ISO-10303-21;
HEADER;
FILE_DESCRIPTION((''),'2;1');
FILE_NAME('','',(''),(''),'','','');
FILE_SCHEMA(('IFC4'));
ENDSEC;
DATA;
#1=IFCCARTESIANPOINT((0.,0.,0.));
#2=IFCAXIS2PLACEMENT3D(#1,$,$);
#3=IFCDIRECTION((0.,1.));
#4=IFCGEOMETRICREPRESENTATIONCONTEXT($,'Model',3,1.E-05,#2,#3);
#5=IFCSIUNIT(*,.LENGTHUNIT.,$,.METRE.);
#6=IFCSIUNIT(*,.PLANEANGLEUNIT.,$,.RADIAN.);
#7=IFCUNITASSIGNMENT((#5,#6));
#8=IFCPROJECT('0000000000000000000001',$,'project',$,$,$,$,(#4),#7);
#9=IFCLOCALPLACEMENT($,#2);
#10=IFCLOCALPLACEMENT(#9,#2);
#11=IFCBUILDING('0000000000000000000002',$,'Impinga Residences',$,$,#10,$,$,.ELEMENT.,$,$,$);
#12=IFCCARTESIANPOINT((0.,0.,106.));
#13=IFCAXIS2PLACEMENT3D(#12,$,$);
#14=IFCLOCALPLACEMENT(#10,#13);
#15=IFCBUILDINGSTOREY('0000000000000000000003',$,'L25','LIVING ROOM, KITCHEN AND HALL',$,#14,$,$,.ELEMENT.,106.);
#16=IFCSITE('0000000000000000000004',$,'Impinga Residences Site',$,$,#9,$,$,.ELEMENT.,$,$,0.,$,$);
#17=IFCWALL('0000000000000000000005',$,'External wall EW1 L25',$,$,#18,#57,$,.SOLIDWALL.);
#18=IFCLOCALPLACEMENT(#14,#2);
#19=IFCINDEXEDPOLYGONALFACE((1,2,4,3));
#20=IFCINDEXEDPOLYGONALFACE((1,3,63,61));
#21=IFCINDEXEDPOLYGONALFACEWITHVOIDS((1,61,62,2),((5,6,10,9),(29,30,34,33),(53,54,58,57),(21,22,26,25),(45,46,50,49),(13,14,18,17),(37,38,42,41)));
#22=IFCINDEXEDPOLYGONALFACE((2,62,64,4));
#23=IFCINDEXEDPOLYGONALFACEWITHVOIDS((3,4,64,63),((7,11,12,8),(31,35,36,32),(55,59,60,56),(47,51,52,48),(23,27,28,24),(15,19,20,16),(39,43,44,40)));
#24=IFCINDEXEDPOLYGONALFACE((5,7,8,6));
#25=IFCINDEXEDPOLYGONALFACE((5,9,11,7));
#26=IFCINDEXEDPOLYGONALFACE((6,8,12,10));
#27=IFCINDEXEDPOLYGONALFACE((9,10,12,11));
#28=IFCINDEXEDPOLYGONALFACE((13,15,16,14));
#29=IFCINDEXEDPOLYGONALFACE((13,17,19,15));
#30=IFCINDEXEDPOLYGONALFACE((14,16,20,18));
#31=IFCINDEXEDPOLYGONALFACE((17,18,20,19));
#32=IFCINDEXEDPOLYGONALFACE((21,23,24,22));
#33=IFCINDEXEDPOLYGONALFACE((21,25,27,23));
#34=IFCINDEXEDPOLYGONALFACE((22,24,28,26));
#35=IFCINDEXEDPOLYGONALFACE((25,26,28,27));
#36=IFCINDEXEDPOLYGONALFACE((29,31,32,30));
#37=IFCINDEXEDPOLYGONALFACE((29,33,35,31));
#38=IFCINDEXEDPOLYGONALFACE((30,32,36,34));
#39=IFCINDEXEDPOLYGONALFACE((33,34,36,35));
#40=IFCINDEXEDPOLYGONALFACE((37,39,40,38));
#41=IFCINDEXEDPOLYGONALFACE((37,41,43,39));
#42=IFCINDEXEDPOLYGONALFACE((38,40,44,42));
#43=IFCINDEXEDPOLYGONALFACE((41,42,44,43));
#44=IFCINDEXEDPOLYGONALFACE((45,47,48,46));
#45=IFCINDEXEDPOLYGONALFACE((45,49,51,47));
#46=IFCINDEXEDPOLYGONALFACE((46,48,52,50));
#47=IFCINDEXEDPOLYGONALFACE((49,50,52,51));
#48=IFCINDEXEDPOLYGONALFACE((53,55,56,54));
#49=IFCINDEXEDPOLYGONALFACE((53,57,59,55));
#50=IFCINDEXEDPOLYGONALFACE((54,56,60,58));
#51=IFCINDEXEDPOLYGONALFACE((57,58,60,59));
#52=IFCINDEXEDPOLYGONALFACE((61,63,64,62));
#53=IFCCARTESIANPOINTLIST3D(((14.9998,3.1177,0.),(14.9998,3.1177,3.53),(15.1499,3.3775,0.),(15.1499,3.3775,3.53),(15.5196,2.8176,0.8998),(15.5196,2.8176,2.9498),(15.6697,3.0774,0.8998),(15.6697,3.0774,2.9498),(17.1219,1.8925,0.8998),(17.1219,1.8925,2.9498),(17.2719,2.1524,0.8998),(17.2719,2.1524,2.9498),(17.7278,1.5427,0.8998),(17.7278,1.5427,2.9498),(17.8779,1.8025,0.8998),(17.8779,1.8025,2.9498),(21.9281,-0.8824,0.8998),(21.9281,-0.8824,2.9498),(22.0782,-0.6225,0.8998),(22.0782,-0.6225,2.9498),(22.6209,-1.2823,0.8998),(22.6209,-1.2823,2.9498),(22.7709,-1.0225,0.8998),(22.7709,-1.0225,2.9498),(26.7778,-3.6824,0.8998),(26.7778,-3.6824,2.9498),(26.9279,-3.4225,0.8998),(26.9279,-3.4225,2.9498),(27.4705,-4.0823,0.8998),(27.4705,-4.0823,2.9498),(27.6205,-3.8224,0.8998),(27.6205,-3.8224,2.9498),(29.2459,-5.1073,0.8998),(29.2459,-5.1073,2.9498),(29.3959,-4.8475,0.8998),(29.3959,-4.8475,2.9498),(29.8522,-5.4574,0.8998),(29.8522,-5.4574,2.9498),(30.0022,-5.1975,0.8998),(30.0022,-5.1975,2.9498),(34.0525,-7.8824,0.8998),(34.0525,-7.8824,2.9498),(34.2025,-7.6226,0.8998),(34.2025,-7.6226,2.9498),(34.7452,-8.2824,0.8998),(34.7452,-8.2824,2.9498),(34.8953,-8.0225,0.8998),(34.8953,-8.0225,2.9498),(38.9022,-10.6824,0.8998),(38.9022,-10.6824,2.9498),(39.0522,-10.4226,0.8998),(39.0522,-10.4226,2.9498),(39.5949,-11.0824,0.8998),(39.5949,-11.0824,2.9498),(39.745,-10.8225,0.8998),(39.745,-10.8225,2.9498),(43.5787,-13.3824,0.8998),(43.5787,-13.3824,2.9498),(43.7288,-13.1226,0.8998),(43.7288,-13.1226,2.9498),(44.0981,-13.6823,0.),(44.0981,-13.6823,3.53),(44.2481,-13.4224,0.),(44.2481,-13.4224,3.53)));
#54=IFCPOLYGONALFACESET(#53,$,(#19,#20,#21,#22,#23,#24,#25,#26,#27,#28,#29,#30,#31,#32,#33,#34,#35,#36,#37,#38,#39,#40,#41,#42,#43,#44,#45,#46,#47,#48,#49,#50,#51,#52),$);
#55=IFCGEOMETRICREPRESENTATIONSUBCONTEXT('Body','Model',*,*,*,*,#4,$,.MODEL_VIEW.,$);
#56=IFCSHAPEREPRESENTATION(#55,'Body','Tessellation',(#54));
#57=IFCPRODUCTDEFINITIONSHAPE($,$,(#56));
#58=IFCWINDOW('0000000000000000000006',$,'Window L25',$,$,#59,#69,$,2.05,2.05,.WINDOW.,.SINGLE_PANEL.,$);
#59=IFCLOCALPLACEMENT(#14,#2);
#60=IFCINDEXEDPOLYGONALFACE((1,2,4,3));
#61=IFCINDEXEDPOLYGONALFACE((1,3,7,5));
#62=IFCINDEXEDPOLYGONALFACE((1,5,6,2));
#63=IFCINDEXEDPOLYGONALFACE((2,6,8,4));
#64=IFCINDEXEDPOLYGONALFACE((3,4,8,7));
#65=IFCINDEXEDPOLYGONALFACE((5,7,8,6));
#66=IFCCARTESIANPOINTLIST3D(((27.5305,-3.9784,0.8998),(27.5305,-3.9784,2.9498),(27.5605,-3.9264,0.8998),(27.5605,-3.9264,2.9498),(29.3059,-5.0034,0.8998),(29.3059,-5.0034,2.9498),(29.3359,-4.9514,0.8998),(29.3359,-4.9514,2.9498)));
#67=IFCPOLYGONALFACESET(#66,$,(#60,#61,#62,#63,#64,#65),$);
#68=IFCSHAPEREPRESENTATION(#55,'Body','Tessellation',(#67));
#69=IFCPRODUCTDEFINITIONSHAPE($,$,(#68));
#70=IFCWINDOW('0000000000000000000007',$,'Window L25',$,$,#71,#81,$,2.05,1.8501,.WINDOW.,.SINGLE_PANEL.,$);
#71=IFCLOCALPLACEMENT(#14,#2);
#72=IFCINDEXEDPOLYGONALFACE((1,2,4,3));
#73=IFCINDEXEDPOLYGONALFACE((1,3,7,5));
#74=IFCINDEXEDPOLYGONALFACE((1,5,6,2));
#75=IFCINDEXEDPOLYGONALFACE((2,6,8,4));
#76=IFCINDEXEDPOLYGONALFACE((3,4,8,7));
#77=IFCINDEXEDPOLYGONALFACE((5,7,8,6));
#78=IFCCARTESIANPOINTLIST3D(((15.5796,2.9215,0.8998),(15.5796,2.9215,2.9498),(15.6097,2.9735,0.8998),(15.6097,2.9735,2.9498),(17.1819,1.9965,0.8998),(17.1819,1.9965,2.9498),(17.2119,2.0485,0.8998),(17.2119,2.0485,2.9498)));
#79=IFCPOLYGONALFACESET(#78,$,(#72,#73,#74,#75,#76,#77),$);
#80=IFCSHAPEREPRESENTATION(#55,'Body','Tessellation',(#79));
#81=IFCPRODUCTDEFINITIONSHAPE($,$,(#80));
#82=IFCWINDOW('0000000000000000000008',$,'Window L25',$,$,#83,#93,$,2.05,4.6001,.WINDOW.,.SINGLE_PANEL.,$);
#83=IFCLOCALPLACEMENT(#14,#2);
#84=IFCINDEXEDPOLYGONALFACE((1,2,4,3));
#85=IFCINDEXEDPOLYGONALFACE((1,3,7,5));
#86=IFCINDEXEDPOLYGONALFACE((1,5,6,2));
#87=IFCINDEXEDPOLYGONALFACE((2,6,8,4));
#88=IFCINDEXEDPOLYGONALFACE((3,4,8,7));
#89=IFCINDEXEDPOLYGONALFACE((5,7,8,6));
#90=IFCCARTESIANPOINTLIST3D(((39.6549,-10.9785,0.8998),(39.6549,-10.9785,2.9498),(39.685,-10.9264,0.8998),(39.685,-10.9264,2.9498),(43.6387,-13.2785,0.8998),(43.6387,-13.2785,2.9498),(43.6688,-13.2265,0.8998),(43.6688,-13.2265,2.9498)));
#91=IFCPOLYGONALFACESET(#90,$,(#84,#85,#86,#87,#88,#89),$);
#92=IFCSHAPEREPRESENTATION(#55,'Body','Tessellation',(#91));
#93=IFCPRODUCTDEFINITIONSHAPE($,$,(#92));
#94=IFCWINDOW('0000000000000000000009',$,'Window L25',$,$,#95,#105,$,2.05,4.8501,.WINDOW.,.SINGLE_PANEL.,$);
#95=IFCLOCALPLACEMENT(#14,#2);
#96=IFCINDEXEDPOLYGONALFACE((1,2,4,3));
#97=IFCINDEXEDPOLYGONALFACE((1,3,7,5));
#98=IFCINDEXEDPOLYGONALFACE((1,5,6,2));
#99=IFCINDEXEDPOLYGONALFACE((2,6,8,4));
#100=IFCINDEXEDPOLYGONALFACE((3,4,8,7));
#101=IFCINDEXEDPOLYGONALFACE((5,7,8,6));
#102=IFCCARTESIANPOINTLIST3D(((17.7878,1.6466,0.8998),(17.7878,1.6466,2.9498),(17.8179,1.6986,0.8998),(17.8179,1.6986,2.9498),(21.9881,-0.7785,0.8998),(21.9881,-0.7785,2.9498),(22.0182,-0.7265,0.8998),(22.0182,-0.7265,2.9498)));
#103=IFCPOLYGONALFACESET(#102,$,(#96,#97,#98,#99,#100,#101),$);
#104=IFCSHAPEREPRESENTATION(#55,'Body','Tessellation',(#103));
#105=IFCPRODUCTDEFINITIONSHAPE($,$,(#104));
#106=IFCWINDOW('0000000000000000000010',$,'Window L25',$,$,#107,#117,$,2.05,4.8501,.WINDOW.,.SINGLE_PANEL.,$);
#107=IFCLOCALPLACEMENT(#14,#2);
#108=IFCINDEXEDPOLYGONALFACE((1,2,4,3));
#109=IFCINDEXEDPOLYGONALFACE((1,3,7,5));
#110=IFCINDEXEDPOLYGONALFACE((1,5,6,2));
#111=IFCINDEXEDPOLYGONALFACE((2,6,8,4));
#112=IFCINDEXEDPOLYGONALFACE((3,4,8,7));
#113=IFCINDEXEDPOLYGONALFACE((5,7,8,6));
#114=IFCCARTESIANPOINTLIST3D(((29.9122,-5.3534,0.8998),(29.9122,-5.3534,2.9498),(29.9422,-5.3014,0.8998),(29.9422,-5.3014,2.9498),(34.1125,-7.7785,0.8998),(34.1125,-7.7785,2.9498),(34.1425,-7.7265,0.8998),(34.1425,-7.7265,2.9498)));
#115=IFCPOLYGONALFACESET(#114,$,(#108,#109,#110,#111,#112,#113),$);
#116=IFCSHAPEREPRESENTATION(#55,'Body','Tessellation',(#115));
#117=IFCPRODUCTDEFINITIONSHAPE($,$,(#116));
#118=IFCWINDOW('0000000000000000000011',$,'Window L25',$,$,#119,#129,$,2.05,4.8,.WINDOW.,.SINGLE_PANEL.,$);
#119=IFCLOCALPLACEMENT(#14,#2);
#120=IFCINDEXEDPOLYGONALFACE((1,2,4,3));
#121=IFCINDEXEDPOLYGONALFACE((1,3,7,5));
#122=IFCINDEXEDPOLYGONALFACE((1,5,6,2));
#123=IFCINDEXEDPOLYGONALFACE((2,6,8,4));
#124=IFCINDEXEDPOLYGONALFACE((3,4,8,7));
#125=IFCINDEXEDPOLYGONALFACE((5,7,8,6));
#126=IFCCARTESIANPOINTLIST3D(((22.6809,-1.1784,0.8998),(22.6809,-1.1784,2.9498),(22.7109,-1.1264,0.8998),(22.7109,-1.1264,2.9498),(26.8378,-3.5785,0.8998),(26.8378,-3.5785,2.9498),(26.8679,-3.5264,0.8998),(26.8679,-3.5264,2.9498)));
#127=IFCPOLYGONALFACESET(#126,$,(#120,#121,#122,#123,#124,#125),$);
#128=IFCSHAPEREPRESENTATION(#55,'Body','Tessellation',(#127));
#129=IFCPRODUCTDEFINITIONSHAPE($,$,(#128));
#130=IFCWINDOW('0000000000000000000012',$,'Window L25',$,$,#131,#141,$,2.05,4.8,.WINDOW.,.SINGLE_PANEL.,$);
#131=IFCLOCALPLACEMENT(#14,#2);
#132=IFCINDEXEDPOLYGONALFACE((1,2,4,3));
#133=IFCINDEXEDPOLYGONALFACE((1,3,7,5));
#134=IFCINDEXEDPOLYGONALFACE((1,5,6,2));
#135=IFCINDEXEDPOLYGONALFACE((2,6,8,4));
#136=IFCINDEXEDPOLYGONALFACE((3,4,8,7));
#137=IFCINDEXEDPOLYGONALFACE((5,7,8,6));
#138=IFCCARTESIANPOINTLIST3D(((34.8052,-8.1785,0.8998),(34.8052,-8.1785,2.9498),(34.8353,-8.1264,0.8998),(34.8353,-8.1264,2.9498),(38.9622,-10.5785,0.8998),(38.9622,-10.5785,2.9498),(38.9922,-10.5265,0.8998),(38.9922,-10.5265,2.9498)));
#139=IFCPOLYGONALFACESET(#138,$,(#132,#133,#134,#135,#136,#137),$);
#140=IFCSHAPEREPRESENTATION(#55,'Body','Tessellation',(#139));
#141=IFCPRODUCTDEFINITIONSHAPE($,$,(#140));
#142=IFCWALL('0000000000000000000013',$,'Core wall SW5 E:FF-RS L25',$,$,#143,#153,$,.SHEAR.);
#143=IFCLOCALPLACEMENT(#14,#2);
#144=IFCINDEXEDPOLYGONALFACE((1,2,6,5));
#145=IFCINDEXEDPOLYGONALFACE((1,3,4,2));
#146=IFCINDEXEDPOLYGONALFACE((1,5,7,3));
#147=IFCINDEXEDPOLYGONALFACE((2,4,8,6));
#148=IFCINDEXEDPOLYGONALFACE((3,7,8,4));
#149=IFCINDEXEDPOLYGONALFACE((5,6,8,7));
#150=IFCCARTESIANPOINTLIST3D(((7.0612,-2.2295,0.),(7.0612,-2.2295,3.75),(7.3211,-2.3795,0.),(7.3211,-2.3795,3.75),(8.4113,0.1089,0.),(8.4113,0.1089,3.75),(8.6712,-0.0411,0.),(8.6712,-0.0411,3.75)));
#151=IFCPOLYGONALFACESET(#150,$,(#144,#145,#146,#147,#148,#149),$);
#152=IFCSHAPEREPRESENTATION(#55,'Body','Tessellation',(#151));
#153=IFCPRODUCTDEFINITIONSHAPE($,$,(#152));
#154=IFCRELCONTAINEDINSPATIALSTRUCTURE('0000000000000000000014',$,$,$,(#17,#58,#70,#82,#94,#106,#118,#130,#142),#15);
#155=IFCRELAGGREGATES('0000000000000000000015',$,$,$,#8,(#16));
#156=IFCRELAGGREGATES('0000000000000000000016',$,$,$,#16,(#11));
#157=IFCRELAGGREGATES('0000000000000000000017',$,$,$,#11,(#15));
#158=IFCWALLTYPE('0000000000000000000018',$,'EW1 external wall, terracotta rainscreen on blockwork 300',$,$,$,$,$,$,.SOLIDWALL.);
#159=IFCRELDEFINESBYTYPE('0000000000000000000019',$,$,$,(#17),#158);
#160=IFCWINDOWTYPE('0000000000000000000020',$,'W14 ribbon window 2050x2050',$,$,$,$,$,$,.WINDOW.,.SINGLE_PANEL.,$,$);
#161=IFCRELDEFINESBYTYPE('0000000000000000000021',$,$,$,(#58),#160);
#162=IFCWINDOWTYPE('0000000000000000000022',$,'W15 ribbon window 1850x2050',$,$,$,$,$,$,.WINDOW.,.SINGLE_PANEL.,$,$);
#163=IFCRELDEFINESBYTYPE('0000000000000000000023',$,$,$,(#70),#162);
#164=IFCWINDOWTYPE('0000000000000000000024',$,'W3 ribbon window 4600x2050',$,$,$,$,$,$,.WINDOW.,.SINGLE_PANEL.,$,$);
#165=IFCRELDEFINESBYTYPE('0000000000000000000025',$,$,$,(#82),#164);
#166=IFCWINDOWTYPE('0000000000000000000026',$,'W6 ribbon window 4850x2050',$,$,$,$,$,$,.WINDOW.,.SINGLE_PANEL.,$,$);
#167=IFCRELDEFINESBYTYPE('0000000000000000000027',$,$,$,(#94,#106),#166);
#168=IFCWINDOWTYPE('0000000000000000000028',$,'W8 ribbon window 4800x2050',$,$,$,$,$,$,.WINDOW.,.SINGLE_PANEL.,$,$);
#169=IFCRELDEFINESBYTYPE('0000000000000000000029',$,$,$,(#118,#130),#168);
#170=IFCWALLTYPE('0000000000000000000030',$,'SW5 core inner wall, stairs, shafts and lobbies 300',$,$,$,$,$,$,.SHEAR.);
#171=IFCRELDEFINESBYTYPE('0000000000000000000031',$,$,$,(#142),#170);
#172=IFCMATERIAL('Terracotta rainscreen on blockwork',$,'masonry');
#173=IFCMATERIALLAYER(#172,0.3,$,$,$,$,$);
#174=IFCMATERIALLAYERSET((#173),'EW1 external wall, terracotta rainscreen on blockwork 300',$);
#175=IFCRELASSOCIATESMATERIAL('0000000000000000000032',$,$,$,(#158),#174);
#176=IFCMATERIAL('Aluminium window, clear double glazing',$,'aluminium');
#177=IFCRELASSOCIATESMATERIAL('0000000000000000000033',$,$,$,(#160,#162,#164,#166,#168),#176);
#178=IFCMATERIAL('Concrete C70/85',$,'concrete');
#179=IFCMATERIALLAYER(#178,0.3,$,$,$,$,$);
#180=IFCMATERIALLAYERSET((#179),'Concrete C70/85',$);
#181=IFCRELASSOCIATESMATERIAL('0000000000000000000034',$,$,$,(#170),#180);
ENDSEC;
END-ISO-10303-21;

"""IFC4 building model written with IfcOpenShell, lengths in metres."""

from ifc_helpers import new_model, si_unit, direction, frame, frame_2d, origin, place, context, subcontext, project, spatial, rectangle, extrude, material, layer, layer_set, type_object, element, fill, save


model = new_model("IFC4")

# Units and contexts
model_context = context("Model", 3, precision=1e-05, world=origin(), true_north=direction((0.0, 1.0)))
body_context = subcontext(model_context, "Body", "Model", "MODEL_VIEW")
ifc_project = project(units=[si_unit("LENGTHUNIT", "METRE"), si_unit("PLANEANGLEUNIT", "RADIAN")], contexts=[model_context])

# Site, building, storey
site_placement = place(None, origin())
site = spatial("IfcSite", under=ifc_project, at=site_placement, Name="Impinga Residences Site", CompositionType="ELEMENT", RefElevation=0.0)
building_placement = place(site_placement, origin())
building = spatial("IfcBuilding", under=site, at=building_placement, Name="Impinga Residences", CompositionType="ELEMENT")
storey_placement = place(building_placement, frame((0.0, 0.0, 106.0)))
storey = spatial("IfcBuildingStorey", under=building, at=storey_placement, Name="L25", Description="LIVING ROOM, KITCHEN AND HALL", CompositionType="ELEMENT", Elevation=106.0)

# Shared definitions
ifc_material_1 = material(Name="Terracotta rainscreen on blockwork", Category="masonry")
ifc_layer_1 = layer(ifc_material_1, 0.3)
ifc_layer_set_1 = layer_set([ifc_layer_1], Name="EW1 external wall, terracotta rainscreen on blockwork 300")
wall_type_1 = type_object("IfcWallType", Name="EW1 external wall, terracotta rainscreen on blockwork 300", PredefinedType="SOLIDWALL", material=ifc_layer_set_1)

# Wall, openings, windows
wall_1_placement = place(storey_placement, frame((15.075, 3.2476, 0.0), z_axis=(0.0, 0.0, 1.0), x_axis=(0.866024, -0.500002, 0.0)))
wall_1 = element("IfcWall", 1, at=wall_1_placement, inside=storey, type_object=wall_type_1, Name="External wall EW1 L25", PredefinedType="SOLIDWALL", context=body_context, shape_type="SweptSolid", body=[
    extrude(rectangle(XDim=33.5999, YDim=0.3, at=frame_2d((16.7998, 0.0))), origin(), (0.0, 0.0, 1.0), 3.53),
])
opening_1_placement = place(wall_1_placement, frame((0.6001, 0.0, 0.8999)))
opening_1 = element("IfcOpeningElement", 2, at=opening_1_placement, cuts=wall_1, PredefinedType="OPENING", context=body_context, shape_type="SweptSolid", body=[
    extrude(rectangle(XDim=1.8501, YDim=2.05, at=frame_2d((0.925, 1.0249))), frame((0.0, 0.1599, 0.0), z_axis=(0.0, -1.0, 0.0), x_axis=(1.0, 0.0, 0.0)), (0.0, 0.0, 1.0), 0.3201),
])
opening_2_placement = place(wall_1_placement, frame((3.1499, 0.0, 0.8999)))
opening_2 = element("IfcOpeningElement", 3, at=opening_2_placement, cuts=wall_1, PredefinedType="OPENING", context=body_context, shape_type="SweptSolid", body=[
    extrude(rectangle(XDim=4.8501, YDim=2.05, at=frame_2d((2.425, 1.0249))), frame((0.0, 0.1599, 0.0), z_axis=(0.0, -1.0, 0.0), x_axis=(1.0, 0.0, 0.0)), (0.0, 0.0, 1.0), 0.3201),
])
opening_3_placement = place(wall_1_placement, frame((8.8, 0.0, 0.8999)))
opening_3 = element("IfcOpeningElement", 4, at=opening_3_placement, cuts=wall_1, PredefinedType="OPENING", context=body_context, shape_type="SweptSolid", body=[
    extrude(rectangle(XDim=4.8, YDim=2.05, at=frame_2d((2.3999, 1.0249))), frame((0.0, 0.1599, 0.0), z_axis=(0.0, -1.0, 0.0), x_axis=(1.0, 0.0, 0.0)), (0.0, 0.0, 1.0), 0.3201),
])
opening_4_placement = place(wall_1_placement, frame((14.3999, 0.0, 0.8999)))
opening_4 = element("IfcOpeningElement", 5, at=opening_4_placement, cuts=wall_1, PredefinedType="OPENING", context=body_context, shape_type="SweptSolid", body=[
    extrude(rectangle(XDim=2.05, YDim=2.05, at=frame_2d((1.0249, 1.0249))), frame((0.0, 0.1599, 0.0), z_axis=(0.0, -1.0, 0.0), x_axis=(1.0, 0.0, 0.0)), (0.0, 0.0, 1.0), 0.3201),
])
opening_5_placement = place(wall_1_placement, frame((17.1499, 0.0, 0.8999)))
opening_5 = element("IfcOpeningElement", 6, at=opening_5_placement, cuts=wall_1, PredefinedType="OPENING", context=body_context, shape_type="SweptSolid", body=[
    extrude(rectangle(XDim=4.8501, YDim=2.05, at=frame_2d((2.425, 1.0249))), frame((0.0, 0.1599, 0.0), z_axis=(0.0, -1.0, 0.0), x_axis=(1.0, 0.0, 0.0)), (0.0, 0.0, 1.0), 0.3201),
])
opening_6_placement = place(wall_1_placement, frame((22.8, 0.0, 0.8999)))
opening_6 = element("IfcOpeningElement", 7, at=opening_6_placement, cuts=wall_1, PredefinedType="OPENING", context=body_context, shape_type="SweptSolid", body=[
    extrude(rectangle(XDim=4.8, YDim=2.05, at=frame_2d((2.3999, 1.0249))), frame((0.0, 0.1599, 0.0), z_axis=(0.0, -1.0, 0.0), x_axis=(1.0, 0.0, 0.0)), (0.0, 0.0, 1.0), 0.3201),
])
opening_7_placement = place(wall_1_placement, frame((28.3999, 0.0, 0.8999)))
opening_7 = element("IfcOpeningElement", 8, at=opening_7_placement, cuts=wall_1, PredefinedType="OPENING", context=body_context, shape_type="SweptSolid", body=[
    extrude(rectangle(XDim=4.6001, YDim=2.05, at=frame_2d((2.3, 1.0249))), frame((0.0, 0.1599, 0.0), z_axis=(0.0, -1.0, 0.0), x_axis=(1.0, 0.0, 0.0)), (0.0, 0.0, 1.0), 0.3201),
])
ifc_material_2 = material(Name="Aluminium window, clear double glazing", Category="aluminium")
window_type_1 = type_object("IfcWindowType", Name="W14 ribbon window 2050x2050", PartitioningType="SINGLE_PANEL", PredefinedType="WINDOW", material=ifc_material_2)
window_1_placement = place(opening_4_placement, origin())
window_1 = element("IfcWindow", 9, at=window_1_placement, inside=storey, type_object=window_type_1, Name="Window L25", OverallHeight=2.05, OverallWidth=2.05, PartitioningType="SINGLE_PANEL", PredefinedType="WINDOW", context=body_context, shape_type="SweptSolid", body=[
    extrude(rectangle(XDim=2.05, YDim=2.05, at=frame_2d((1.0249, 1.0249))), frame((0.0, 0.03, 0.0), z_axis=(0.0, -1.0, 0.0), x_axis=(1.0, 0.0, 0.0)), (0.0, 0.0, 1.0), 0.0601),
])
fill(opening_4, window_1)
window_type_2 = type_object("IfcWindowType", Name="W15 ribbon window 1850x2050", PartitioningType="SINGLE_PANEL", PredefinedType="WINDOW", material=ifc_material_2)
window_2_placement = place(opening_1_placement, origin())
window_2 = element("IfcWindow", 10, at=window_2_placement, inside=storey, type_object=window_type_2, Name="Window L25", OverallHeight=2.05, OverallWidth=1.8501, PartitioningType="SINGLE_PANEL", PredefinedType="WINDOW", context=body_context, shape_type="SweptSolid", body=[
    extrude(rectangle(XDim=1.8501, YDim=2.05, at=frame_2d((0.925, 1.0249))), frame((0.0, 0.03, 0.0), z_axis=(0.0, -1.0, 0.0), x_axis=(1.0, 0.0, 0.0)), (0.0, 0.0, 1.0), 0.0601),
])
fill(opening_1, window_2)
window_type_3 = type_object("IfcWindowType", Name="W3 ribbon window 4600x2050", PartitioningType="SINGLE_PANEL", PredefinedType="WINDOW", material=ifc_material_2)
window_3_placement = place(opening_7_placement, origin())
window_3 = element("IfcWindow", 11, at=window_3_placement, inside=storey, type_object=window_type_3, Name="Window L25", OverallHeight=2.05, OverallWidth=4.6001, PartitioningType="SINGLE_PANEL", PredefinedType="WINDOW", context=body_context, shape_type="SweptSolid", body=[
    extrude(rectangle(XDim=4.6001, YDim=2.05, at=frame_2d((2.3, 1.0249))), frame((0.0, 0.03, 0.0), z_axis=(0.0, -1.0, 0.0), x_axis=(1.0, 0.0, 0.0)), (0.0, 0.0, 1.0), 0.0601),
])
fill(opening_7, window_3)
window_type_4 = type_object("IfcWindowType", Name="W6 ribbon window 4850x2050", PartitioningType="SINGLE_PANEL", PredefinedType="WINDOW", material=ifc_material_2)
window_4_placement = place(opening_2_placement, origin())
window_4 = element("IfcWindow", 12, at=window_4_placement, inside=storey, type_object=window_type_4, Name="Window L25", OverallHeight=2.05, OverallWidth=4.8501, PartitioningType="SINGLE_PANEL", PredefinedType="WINDOW", context=body_context, shape_type="SweptSolid", body=[
    extrude(rectangle(XDim=4.8501, YDim=2.05, at=frame_2d((2.425, 1.0249))), frame((0.0, 0.03, 0.0), z_axis=(0.0, -1.0, 0.0), x_axis=(1.0, 0.0, 0.0)), (0.0, 0.0, 1.0), 0.0601),
])
fill(opening_2, window_4)
window_5_placement = place(opening_5_placement, origin())
window_5 = element("IfcWindow", 13, at=window_5_placement, inside=storey, type_object=window_type_4, Name="Window L25", OverallHeight=2.05, OverallWidth=4.8501, PartitioningType="SINGLE_PANEL", PredefinedType="WINDOW", context=body_context, shape_type="SweptSolid", body=[
    extrude(rectangle(XDim=4.8501, YDim=2.05, at=frame_2d((2.425, 1.0249))), frame((0.0, 0.03, 0.0), z_axis=(0.0, -1.0, 0.0), x_axis=(1.0, 0.0, 0.0)), (0.0, 0.0, 1.0), 0.0601),
])
fill(opening_5, window_5)
window_type_5 = type_object("IfcWindowType", Name="W8 ribbon window 4800x2050", PartitioningType="SINGLE_PANEL", PredefinedType="WINDOW", material=ifc_material_2)
window_6_placement = place(opening_3_placement, origin())
window_6 = element("IfcWindow", 14, at=window_6_placement, inside=storey, type_object=window_type_5, Name="Window L25", OverallHeight=2.05, OverallWidth=4.8, PartitioningType="SINGLE_PANEL", PredefinedType="WINDOW", context=body_context, shape_type="SweptSolid", body=[
    extrude(rectangle(XDim=4.8, YDim=2.05, at=frame_2d((2.3999, 1.0249))), frame((0.0, 0.03, 0.0), z_axis=(0.0, -1.0, 0.0), x_axis=(1.0, 0.0, 0.0)), (0.0, 0.0, 1.0), 0.0601),
])
fill(opening_3, window_6)
window_7_placement = place(opening_6_placement, origin())
window_7 = element("IfcWindow", 15, at=window_7_placement, inside=storey, type_object=window_type_5, Name="Window L25", OverallHeight=2.05, OverallWidth=4.8, PartitioningType="SINGLE_PANEL", PredefinedType="WINDOW", context=body_context, shape_type="SweptSolid", body=[
    extrude(rectangle(XDim=4.8, YDim=2.05, at=frame_2d((2.3999, 1.0249))), frame((0.0, 0.03, 0.0), z_axis=(0.0, -1.0, 0.0), x_axis=(1.0, 0.0, 0.0)), (0.0, 0.0, 1.0), 0.0601),
])
fill(opening_6, window_7)

# Wall
ifc_material_3 = material(Name="Concrete C70/85", Category="concrete")
ifc_layer_2 = layer(ifc_material_3, 0.3)
ifc_layer_set_2 = layer_set([ifc_layer_2], Name="Concrete C70/85")
wall_type_2 = type_object("IfcWallType", Name="SW5 core inner wall, stairs, shafts and lobbies 300", PredefinedType="SHEAR", material=ifc_layer_set_2)
wall_2_placement = place(storey_placement, frame((8.5413, 0.0339, 0.0), z_axis=(0.0, 0.0, 1.0), x_axis=(-0.500009, -0.86602, 0.0)))
element("IfcWall", 16, at=wall_2_placement, inside=storey, type_object=wall_type_2, Name="Core wall SW5 E:FF-RS L25", PredefinedType="SHEAR", context=body_context, shape_type="SweptSolid", body=[
    extrude(rectangle(XDim=2.7002, YDim=0.3, at=frame_2d((1.3501, 0.0))), origin(), (0.0, 0.0, 1.0), 3.75),
])

save(model, "model.ifc")
